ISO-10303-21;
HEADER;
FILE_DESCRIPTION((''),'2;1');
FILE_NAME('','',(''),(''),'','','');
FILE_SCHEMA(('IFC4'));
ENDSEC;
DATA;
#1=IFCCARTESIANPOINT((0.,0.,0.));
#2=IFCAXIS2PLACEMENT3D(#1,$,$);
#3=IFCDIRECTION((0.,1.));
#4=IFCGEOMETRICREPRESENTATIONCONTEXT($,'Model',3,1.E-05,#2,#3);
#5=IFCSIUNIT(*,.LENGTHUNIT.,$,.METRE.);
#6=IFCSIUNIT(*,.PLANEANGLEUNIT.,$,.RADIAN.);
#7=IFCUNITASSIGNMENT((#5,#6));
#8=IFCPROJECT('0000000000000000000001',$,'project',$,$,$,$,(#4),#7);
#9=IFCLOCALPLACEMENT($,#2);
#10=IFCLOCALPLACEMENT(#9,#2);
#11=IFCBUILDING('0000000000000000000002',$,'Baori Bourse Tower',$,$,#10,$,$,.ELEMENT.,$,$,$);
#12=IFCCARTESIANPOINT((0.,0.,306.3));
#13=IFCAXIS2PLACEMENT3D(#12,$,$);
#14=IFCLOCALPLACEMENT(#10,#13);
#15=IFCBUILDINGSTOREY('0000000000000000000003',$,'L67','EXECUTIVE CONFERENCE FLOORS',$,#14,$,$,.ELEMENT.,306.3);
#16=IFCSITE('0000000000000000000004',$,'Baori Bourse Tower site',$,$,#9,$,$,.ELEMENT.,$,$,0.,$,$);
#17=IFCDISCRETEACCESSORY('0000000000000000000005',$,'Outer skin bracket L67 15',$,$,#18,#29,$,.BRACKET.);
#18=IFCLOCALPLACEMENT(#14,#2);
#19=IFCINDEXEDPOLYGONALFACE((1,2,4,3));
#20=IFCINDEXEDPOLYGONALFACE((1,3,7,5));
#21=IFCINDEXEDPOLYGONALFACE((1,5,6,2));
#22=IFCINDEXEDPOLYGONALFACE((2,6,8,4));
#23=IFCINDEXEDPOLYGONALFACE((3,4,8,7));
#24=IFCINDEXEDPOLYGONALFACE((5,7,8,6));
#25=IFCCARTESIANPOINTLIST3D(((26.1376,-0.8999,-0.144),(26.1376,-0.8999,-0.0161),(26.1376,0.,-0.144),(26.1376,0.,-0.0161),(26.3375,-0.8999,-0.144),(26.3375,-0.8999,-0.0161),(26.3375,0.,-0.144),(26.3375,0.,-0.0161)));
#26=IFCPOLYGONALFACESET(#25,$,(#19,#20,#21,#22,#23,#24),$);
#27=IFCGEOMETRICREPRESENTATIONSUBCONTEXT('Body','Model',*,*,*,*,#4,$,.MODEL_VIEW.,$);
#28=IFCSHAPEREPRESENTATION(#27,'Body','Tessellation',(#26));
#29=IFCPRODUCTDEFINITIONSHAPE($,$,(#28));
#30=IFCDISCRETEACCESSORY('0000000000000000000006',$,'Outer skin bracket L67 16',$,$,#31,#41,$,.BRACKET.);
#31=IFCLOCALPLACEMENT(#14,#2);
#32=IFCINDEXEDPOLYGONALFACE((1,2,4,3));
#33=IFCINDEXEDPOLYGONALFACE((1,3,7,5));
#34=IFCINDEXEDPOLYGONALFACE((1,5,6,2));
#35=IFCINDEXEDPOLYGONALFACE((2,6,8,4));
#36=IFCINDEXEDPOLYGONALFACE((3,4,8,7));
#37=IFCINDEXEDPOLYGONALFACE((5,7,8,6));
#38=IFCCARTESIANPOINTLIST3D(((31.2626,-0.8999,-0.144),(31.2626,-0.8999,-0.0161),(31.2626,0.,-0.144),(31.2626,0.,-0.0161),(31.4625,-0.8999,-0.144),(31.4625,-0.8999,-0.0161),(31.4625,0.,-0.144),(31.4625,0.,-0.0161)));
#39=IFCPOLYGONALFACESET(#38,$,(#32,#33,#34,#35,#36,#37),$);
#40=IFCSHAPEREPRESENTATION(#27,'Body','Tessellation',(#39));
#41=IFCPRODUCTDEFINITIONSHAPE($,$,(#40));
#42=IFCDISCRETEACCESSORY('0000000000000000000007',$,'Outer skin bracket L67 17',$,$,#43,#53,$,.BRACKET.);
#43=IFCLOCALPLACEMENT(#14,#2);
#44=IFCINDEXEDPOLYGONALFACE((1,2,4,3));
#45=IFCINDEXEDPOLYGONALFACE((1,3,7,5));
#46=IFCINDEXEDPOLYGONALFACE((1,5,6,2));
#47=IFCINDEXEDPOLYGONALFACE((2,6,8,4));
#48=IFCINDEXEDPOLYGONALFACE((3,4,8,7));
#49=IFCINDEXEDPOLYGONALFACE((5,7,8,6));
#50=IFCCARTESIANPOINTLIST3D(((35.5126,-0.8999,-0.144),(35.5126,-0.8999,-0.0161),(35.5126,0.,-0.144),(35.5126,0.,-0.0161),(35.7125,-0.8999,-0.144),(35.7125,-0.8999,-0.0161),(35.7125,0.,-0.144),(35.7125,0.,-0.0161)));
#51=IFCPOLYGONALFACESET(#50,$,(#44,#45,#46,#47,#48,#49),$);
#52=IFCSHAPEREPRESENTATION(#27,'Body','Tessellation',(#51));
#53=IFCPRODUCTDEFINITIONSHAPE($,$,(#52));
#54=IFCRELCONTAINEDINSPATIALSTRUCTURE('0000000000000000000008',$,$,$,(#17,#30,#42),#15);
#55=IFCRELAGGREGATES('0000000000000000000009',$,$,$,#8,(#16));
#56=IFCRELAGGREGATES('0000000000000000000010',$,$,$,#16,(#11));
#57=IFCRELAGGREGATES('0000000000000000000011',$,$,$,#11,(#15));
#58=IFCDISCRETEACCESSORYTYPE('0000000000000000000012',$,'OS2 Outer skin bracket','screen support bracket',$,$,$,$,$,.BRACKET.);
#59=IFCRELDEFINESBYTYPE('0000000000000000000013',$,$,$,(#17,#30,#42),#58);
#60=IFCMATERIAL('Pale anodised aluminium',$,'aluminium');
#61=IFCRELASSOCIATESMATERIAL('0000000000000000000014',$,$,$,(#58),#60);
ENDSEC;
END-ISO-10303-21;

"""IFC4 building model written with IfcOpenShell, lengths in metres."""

from ifc_helpers import new_model, si_unit, direction, frame, origin, origin_2d, place, context, subcontext, project, spatial, rectangle, extrude, material, type_object, element, save


model = new_model("IFC4")

# Units and contexts
model_context = context("Model", 3, precision=1e-05, world=origin(), true_north=direction((0.0, 1.0)))
body_context = subcontext(model_context, "Body", "Model", "MODEL_VIEW")
ifc_project = project(units=[si_unit("LENGTHUNIT", "METRE"), si_unit("PLANEANGLEUNIT", "RADIAN")], contexts=[model_context])

# Site, building, storey
site_placement = place(None, origin())
site = spatial("IfcSite", under=ifc_project, at=site_placement, Name="Baori Bourse Tower site", CompositionType="ELEMENT", RefElevation=0.0)
building_placement = place(site_placement, origin())
building = spatial("IfcBuilding", under=site, at=building_placement, Name="Baori Bourse Tower", CompositionType="ELEMENT")
storey_placement = place(building_placement, frame((0.0, 0.0, 306.3)))
storey = spatial("IfcBuildingStorey", under=building, at=storey_placement, Name="L67", Description="EXECUTIVE CONFERENCE FLOORS", CompositionType="ELEMENT", Elevation=306.3)

# Discrete accessories
ifc_material_1 = material(Name="Pale anodised aluminium", Category="aluminium")
discrete_accessory_type = type_object("IfcDiscreteAccessoryType", Name="OS2 Outer skin bracket", Description="screen support bracket", PredefinedType="BRACKET", material=ifc_material_1)
for number, where, z_axis, x_axis, name in (
    (1, (26.2375, -0.45, -0.144), (0.0, 0.0, 1.0), (1.0, 0.0, 0.0), "Outer skin bracket L67 15"),
    (2, (31.3625, -0.45, -0.144), (0.0, 0.0, 1.0), (1.0, 0.0, 0.0), "Outer skin bracket L67 16"),
    (3, (35.6125, -0.45, -0.144), (0.0, 0.0, 1.0), (1.0, 0.0, 0.0), "Outer skin bracket L67 17"),
):
    element("IfcDiscreteAccessory", number, at=place(storey_placement, frame(where, z_axis=z_axis, x_axis=x_axis)), inside=storey, type_object=discrete_accessory_type, Name=name, PredefinedType="BRACKET", context=body_context, shape_type="SweptSolid", body=[
        extrude(rectangle(XDim=0.2, YDim=0.8999, at=origin_2d()), origin(), (0.0, 0.0, 1.0), 0.1279),
    ])

save(model, "model.ifc")
